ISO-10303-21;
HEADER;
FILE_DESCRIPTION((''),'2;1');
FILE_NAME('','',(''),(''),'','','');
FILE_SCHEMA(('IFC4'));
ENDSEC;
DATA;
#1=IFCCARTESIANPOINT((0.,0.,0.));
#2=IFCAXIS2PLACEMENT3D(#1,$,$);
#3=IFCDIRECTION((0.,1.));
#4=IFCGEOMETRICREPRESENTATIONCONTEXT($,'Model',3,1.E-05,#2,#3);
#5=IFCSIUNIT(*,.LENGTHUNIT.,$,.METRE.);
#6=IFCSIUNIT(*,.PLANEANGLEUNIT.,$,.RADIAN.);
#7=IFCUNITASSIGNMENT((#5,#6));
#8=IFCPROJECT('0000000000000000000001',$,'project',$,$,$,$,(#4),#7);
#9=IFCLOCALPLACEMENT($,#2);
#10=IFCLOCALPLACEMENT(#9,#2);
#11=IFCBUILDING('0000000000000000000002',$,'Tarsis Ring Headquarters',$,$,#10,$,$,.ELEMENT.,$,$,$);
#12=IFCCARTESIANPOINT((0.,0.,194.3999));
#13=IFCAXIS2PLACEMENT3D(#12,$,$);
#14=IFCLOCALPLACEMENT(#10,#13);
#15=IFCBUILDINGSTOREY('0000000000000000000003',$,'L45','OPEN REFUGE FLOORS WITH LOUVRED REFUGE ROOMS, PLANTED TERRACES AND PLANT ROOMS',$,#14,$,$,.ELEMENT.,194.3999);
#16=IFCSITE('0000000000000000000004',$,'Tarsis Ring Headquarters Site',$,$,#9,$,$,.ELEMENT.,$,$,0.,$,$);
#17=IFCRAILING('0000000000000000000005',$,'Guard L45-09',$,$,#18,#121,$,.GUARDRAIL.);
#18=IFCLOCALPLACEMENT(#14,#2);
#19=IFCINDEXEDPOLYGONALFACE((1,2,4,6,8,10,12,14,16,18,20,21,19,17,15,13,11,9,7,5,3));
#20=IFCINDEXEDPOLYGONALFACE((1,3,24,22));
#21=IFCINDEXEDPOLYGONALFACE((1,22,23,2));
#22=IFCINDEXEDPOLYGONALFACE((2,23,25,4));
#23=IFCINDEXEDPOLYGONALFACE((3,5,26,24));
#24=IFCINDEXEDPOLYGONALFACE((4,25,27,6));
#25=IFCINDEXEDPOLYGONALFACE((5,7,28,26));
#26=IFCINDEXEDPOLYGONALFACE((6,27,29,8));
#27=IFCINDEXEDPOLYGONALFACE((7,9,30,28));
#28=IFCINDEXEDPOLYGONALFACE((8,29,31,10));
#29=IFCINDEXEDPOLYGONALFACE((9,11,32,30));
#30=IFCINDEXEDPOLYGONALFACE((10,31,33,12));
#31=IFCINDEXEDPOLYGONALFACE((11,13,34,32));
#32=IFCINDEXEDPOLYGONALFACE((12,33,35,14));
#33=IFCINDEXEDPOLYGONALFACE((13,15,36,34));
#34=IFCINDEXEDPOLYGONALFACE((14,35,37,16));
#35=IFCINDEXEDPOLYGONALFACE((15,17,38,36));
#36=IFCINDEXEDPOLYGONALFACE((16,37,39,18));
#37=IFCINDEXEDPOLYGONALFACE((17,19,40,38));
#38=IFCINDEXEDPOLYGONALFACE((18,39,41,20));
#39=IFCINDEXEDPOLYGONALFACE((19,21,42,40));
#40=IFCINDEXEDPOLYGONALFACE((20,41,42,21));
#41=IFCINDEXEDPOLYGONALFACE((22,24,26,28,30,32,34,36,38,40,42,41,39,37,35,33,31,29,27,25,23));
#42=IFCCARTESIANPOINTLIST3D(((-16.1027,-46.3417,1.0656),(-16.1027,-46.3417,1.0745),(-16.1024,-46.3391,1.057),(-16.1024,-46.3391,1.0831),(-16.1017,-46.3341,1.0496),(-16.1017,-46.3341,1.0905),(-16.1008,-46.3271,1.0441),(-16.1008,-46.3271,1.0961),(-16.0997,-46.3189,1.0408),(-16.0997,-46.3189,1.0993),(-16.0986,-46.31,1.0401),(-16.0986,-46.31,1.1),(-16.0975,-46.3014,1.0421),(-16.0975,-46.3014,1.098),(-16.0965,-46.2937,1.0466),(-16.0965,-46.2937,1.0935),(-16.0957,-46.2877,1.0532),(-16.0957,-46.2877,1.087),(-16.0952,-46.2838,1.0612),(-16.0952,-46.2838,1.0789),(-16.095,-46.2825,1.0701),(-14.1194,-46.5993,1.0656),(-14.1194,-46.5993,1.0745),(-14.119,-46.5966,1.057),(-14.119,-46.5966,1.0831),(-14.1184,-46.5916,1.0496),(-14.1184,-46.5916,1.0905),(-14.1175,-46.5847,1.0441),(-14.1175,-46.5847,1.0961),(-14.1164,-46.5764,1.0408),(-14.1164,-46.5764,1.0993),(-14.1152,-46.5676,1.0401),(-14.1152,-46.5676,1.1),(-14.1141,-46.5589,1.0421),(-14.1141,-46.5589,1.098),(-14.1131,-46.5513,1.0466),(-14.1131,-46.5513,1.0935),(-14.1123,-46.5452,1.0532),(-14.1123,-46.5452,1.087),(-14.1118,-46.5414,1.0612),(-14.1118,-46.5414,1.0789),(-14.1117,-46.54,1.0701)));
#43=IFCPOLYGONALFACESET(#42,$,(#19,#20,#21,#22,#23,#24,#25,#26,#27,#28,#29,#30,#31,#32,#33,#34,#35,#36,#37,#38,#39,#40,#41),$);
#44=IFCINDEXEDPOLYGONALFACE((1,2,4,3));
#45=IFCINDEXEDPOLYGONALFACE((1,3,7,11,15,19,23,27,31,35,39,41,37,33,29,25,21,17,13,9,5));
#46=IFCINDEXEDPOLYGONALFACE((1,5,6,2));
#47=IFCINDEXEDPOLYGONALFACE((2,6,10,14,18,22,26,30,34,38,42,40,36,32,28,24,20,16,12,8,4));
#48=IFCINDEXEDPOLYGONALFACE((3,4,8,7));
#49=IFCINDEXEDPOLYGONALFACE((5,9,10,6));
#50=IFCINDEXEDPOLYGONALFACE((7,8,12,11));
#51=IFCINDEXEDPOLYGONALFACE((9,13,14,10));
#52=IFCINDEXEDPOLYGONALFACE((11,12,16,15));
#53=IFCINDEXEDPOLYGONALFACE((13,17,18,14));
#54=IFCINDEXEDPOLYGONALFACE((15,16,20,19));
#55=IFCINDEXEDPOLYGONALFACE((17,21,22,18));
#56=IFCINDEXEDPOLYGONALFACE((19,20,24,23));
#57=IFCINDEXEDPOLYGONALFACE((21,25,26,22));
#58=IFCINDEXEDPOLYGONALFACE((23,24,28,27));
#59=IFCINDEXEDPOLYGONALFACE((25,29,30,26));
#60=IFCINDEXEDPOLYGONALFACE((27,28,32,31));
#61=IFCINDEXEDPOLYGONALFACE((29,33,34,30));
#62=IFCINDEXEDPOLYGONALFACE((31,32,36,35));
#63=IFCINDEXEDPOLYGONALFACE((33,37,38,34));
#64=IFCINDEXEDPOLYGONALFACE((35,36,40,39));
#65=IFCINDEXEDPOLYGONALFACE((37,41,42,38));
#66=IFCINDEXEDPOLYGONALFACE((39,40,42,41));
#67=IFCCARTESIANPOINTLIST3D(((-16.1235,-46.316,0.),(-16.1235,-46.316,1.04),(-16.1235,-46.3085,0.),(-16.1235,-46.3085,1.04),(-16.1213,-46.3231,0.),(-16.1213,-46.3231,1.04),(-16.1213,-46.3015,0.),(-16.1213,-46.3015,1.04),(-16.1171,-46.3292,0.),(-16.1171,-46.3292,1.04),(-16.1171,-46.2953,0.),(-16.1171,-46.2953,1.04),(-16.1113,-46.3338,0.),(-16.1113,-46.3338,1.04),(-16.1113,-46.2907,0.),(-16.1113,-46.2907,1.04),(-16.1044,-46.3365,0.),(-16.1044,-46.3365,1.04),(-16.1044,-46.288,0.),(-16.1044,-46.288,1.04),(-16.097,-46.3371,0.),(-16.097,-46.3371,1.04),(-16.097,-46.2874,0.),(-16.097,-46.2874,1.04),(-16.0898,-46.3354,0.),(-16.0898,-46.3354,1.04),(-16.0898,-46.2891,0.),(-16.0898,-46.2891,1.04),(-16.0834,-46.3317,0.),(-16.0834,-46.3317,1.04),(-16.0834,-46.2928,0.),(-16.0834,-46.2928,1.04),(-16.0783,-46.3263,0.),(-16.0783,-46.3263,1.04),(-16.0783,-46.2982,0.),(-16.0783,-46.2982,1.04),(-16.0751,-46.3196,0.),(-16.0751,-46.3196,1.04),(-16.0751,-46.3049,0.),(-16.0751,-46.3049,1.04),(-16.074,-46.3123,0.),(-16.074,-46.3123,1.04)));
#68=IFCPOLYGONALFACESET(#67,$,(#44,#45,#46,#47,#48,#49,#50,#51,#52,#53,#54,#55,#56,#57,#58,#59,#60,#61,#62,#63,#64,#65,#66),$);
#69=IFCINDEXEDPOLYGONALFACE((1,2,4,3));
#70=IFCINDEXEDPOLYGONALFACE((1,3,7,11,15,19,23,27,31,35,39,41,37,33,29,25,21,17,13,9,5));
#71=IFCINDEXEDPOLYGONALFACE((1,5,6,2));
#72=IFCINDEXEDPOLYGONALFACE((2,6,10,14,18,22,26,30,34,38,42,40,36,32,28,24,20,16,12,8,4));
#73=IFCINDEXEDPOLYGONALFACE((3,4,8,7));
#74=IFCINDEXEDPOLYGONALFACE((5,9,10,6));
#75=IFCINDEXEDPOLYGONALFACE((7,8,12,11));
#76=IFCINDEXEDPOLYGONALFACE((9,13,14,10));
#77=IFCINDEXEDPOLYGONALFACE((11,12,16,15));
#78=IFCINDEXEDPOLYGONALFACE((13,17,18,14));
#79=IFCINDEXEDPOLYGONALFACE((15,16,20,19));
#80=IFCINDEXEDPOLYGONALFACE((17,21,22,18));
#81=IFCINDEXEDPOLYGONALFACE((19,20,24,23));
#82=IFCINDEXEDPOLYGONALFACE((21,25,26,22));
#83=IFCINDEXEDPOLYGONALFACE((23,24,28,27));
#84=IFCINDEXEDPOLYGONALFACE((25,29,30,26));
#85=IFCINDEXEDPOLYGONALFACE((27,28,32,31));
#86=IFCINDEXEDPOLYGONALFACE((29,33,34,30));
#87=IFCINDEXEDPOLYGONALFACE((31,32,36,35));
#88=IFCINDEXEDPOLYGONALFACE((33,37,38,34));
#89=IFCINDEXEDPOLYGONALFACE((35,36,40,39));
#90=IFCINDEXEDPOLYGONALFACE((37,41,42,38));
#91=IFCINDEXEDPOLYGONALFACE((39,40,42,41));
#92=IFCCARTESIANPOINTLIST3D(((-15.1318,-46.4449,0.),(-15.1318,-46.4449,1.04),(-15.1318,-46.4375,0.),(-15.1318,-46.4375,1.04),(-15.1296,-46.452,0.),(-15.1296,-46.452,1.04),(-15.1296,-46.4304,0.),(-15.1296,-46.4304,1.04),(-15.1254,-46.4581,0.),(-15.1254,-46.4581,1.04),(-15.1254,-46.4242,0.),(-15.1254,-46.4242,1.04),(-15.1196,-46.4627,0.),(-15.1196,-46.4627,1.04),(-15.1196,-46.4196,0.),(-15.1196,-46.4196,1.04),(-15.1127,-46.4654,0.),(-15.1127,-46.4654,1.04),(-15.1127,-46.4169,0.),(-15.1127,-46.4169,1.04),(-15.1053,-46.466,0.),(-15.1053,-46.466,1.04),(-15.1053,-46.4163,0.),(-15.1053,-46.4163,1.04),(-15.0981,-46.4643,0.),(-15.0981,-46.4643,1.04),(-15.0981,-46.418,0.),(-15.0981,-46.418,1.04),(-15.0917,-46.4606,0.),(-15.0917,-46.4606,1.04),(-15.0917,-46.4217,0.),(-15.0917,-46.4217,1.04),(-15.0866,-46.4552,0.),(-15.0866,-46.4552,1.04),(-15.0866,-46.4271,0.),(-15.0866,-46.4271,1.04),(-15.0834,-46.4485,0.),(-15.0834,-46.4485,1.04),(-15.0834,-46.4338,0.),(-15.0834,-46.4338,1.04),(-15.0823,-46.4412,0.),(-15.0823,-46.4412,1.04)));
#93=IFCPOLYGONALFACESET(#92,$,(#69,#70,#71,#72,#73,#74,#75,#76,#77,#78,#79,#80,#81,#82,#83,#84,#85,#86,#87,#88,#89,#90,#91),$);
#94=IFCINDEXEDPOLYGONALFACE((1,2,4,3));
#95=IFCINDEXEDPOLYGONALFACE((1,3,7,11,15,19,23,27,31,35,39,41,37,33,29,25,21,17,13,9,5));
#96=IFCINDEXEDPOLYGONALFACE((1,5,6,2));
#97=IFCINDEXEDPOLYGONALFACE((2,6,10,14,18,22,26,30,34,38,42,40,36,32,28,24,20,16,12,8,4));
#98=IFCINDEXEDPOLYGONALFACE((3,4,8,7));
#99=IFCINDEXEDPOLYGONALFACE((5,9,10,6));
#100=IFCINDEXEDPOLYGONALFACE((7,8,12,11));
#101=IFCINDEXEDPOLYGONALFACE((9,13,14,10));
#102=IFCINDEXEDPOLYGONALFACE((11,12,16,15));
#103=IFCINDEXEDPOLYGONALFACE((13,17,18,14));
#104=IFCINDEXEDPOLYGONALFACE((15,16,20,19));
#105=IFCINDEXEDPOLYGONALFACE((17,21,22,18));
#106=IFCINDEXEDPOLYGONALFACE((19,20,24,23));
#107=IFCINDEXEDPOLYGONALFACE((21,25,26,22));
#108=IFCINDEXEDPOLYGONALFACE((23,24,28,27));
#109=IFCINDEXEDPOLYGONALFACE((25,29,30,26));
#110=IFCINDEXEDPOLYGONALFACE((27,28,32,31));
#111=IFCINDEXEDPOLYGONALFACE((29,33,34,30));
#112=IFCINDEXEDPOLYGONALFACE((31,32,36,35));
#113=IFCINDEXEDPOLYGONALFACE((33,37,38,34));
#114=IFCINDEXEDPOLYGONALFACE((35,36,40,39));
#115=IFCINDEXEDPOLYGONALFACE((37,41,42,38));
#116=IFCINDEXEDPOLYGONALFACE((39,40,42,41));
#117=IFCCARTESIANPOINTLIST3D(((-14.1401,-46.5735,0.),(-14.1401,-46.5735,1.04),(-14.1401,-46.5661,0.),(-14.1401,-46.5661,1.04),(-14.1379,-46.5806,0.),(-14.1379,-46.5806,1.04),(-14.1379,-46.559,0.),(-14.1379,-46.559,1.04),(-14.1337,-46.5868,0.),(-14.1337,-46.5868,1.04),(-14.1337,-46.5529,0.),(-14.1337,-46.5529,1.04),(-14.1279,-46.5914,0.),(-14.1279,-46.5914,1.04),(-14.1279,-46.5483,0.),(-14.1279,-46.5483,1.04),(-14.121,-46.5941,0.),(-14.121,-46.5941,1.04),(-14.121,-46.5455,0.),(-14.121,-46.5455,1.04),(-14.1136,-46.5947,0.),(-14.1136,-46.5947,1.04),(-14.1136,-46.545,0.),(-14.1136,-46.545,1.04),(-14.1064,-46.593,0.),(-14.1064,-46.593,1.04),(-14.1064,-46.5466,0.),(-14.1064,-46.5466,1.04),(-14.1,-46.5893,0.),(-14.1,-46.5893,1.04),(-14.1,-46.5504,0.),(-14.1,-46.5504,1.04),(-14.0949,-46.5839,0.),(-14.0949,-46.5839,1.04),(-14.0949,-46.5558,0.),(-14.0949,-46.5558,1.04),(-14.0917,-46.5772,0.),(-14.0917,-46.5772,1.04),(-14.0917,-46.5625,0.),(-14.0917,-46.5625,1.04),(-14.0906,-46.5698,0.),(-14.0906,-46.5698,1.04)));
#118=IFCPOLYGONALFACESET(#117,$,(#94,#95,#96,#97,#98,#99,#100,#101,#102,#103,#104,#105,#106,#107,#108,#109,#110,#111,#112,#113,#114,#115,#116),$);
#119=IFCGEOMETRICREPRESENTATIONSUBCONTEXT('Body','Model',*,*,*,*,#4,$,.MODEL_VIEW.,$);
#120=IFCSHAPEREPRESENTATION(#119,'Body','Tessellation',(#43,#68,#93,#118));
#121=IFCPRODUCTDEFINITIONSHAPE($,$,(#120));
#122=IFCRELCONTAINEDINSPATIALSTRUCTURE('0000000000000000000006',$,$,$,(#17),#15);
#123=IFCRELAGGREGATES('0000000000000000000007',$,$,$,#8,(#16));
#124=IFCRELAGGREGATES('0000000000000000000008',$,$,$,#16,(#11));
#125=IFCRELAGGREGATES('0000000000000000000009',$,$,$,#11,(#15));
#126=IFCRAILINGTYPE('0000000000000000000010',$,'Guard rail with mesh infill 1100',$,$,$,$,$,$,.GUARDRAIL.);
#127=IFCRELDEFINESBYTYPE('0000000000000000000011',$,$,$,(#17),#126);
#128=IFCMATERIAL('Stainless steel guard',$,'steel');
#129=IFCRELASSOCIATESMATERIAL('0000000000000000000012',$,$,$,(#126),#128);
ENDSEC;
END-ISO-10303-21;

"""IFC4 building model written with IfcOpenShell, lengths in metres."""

from ifc_helpers import new_model, si_unit, direction, frame, origin, origin_2d, place, context, subcontext, project, spatial, circle, extrude, material, type_object, element, save


model = new_model("IFC4")

# Units and contexts
model_context = context("Model", 3, precision=1e-05, world=origin(), true_north=direction((0.0, 1.0)))
body_context = subcontext(model_context, "Body", "Model", "MODEL_VIEW")
ifc_project = project(units=[si_unit("LENGTHUNIT", "METRE"), si_unit("PLANEANGLEUNIT", "RADIAN")], contexts=[model_context])

# Site, building, storey
site_placement = place(None, origin())
site = spatial("IfcSite", under=ifc_project, at=site_placement, Name="Tarsis Ring Headquarters Site", CompositionType="ELEMENT", RefElevation=0.0)
building_placement = place(site_placement, origin())
building = spatial("IfcBuilding", under=site, at=building_placement, Name="Tarsis Ring Headquarters", CompositionType="ELEMENT")
storey_placement = place(building_placement, frame((0.0, 0.0, 194.3999)))
storey = spatial("IfcBuildingStorey", under=building, at=storey_placement, Name="L45", Description="OPEN REFUGE FLOORS WITH LOUVRED REFUGE ROOMS, PLANTED TERRACES AND PLANT ROOMS", CompositionType="ELEMENT", Elevation=194.3999)

# Railing
ifc_material_1 = material(Name="Stainless steel guard", Category="steel")
railing_type_1 = type_object("IfcRailingType", Name="Guard rail with mesh infill 1100", PredefinedType="GUARDRAIL", material=ifc_material_1)
railing_1_placement = place(storey_placement, frame((-16.0989, -46.3123, 0.0)))
element("IfcRailing", 1, at=railing_1_placement, inside=storey, type_object=railing_type_1, Name="Guard L45-09", PredefinedType="GUARDRAIL", context=body_context, shape_type="SweptSolid", body=[
    extrude(circle(Radius=0.03, at=origin_2d()), frame((0.0, 0.0, 1.0701), z_axis=(0.991673, -0.128781, 0.0), x_axis=(0.128781, 0.991673, 0.0)), (0.0, 0.0, 1.0), 2.0),
    extrude(circle(Radius=0.0249, at=origin_2d()), origin(), (0.0, 0.0, 1.0), 1.04),
    extrude(circle(Radius=0.0249, at=origin_2d()), frame((0.9917, -0.1289, 0.0)), (0.0, 0.0, 1.0), 1.04),
    extrude(circle(Radius=0.0249, at=origin_2d()), frame((1.9834, -0.2576, 0.0)), (0.0, 0.0, 1.0), 1.04),
])

save(model, "model.ifc")
